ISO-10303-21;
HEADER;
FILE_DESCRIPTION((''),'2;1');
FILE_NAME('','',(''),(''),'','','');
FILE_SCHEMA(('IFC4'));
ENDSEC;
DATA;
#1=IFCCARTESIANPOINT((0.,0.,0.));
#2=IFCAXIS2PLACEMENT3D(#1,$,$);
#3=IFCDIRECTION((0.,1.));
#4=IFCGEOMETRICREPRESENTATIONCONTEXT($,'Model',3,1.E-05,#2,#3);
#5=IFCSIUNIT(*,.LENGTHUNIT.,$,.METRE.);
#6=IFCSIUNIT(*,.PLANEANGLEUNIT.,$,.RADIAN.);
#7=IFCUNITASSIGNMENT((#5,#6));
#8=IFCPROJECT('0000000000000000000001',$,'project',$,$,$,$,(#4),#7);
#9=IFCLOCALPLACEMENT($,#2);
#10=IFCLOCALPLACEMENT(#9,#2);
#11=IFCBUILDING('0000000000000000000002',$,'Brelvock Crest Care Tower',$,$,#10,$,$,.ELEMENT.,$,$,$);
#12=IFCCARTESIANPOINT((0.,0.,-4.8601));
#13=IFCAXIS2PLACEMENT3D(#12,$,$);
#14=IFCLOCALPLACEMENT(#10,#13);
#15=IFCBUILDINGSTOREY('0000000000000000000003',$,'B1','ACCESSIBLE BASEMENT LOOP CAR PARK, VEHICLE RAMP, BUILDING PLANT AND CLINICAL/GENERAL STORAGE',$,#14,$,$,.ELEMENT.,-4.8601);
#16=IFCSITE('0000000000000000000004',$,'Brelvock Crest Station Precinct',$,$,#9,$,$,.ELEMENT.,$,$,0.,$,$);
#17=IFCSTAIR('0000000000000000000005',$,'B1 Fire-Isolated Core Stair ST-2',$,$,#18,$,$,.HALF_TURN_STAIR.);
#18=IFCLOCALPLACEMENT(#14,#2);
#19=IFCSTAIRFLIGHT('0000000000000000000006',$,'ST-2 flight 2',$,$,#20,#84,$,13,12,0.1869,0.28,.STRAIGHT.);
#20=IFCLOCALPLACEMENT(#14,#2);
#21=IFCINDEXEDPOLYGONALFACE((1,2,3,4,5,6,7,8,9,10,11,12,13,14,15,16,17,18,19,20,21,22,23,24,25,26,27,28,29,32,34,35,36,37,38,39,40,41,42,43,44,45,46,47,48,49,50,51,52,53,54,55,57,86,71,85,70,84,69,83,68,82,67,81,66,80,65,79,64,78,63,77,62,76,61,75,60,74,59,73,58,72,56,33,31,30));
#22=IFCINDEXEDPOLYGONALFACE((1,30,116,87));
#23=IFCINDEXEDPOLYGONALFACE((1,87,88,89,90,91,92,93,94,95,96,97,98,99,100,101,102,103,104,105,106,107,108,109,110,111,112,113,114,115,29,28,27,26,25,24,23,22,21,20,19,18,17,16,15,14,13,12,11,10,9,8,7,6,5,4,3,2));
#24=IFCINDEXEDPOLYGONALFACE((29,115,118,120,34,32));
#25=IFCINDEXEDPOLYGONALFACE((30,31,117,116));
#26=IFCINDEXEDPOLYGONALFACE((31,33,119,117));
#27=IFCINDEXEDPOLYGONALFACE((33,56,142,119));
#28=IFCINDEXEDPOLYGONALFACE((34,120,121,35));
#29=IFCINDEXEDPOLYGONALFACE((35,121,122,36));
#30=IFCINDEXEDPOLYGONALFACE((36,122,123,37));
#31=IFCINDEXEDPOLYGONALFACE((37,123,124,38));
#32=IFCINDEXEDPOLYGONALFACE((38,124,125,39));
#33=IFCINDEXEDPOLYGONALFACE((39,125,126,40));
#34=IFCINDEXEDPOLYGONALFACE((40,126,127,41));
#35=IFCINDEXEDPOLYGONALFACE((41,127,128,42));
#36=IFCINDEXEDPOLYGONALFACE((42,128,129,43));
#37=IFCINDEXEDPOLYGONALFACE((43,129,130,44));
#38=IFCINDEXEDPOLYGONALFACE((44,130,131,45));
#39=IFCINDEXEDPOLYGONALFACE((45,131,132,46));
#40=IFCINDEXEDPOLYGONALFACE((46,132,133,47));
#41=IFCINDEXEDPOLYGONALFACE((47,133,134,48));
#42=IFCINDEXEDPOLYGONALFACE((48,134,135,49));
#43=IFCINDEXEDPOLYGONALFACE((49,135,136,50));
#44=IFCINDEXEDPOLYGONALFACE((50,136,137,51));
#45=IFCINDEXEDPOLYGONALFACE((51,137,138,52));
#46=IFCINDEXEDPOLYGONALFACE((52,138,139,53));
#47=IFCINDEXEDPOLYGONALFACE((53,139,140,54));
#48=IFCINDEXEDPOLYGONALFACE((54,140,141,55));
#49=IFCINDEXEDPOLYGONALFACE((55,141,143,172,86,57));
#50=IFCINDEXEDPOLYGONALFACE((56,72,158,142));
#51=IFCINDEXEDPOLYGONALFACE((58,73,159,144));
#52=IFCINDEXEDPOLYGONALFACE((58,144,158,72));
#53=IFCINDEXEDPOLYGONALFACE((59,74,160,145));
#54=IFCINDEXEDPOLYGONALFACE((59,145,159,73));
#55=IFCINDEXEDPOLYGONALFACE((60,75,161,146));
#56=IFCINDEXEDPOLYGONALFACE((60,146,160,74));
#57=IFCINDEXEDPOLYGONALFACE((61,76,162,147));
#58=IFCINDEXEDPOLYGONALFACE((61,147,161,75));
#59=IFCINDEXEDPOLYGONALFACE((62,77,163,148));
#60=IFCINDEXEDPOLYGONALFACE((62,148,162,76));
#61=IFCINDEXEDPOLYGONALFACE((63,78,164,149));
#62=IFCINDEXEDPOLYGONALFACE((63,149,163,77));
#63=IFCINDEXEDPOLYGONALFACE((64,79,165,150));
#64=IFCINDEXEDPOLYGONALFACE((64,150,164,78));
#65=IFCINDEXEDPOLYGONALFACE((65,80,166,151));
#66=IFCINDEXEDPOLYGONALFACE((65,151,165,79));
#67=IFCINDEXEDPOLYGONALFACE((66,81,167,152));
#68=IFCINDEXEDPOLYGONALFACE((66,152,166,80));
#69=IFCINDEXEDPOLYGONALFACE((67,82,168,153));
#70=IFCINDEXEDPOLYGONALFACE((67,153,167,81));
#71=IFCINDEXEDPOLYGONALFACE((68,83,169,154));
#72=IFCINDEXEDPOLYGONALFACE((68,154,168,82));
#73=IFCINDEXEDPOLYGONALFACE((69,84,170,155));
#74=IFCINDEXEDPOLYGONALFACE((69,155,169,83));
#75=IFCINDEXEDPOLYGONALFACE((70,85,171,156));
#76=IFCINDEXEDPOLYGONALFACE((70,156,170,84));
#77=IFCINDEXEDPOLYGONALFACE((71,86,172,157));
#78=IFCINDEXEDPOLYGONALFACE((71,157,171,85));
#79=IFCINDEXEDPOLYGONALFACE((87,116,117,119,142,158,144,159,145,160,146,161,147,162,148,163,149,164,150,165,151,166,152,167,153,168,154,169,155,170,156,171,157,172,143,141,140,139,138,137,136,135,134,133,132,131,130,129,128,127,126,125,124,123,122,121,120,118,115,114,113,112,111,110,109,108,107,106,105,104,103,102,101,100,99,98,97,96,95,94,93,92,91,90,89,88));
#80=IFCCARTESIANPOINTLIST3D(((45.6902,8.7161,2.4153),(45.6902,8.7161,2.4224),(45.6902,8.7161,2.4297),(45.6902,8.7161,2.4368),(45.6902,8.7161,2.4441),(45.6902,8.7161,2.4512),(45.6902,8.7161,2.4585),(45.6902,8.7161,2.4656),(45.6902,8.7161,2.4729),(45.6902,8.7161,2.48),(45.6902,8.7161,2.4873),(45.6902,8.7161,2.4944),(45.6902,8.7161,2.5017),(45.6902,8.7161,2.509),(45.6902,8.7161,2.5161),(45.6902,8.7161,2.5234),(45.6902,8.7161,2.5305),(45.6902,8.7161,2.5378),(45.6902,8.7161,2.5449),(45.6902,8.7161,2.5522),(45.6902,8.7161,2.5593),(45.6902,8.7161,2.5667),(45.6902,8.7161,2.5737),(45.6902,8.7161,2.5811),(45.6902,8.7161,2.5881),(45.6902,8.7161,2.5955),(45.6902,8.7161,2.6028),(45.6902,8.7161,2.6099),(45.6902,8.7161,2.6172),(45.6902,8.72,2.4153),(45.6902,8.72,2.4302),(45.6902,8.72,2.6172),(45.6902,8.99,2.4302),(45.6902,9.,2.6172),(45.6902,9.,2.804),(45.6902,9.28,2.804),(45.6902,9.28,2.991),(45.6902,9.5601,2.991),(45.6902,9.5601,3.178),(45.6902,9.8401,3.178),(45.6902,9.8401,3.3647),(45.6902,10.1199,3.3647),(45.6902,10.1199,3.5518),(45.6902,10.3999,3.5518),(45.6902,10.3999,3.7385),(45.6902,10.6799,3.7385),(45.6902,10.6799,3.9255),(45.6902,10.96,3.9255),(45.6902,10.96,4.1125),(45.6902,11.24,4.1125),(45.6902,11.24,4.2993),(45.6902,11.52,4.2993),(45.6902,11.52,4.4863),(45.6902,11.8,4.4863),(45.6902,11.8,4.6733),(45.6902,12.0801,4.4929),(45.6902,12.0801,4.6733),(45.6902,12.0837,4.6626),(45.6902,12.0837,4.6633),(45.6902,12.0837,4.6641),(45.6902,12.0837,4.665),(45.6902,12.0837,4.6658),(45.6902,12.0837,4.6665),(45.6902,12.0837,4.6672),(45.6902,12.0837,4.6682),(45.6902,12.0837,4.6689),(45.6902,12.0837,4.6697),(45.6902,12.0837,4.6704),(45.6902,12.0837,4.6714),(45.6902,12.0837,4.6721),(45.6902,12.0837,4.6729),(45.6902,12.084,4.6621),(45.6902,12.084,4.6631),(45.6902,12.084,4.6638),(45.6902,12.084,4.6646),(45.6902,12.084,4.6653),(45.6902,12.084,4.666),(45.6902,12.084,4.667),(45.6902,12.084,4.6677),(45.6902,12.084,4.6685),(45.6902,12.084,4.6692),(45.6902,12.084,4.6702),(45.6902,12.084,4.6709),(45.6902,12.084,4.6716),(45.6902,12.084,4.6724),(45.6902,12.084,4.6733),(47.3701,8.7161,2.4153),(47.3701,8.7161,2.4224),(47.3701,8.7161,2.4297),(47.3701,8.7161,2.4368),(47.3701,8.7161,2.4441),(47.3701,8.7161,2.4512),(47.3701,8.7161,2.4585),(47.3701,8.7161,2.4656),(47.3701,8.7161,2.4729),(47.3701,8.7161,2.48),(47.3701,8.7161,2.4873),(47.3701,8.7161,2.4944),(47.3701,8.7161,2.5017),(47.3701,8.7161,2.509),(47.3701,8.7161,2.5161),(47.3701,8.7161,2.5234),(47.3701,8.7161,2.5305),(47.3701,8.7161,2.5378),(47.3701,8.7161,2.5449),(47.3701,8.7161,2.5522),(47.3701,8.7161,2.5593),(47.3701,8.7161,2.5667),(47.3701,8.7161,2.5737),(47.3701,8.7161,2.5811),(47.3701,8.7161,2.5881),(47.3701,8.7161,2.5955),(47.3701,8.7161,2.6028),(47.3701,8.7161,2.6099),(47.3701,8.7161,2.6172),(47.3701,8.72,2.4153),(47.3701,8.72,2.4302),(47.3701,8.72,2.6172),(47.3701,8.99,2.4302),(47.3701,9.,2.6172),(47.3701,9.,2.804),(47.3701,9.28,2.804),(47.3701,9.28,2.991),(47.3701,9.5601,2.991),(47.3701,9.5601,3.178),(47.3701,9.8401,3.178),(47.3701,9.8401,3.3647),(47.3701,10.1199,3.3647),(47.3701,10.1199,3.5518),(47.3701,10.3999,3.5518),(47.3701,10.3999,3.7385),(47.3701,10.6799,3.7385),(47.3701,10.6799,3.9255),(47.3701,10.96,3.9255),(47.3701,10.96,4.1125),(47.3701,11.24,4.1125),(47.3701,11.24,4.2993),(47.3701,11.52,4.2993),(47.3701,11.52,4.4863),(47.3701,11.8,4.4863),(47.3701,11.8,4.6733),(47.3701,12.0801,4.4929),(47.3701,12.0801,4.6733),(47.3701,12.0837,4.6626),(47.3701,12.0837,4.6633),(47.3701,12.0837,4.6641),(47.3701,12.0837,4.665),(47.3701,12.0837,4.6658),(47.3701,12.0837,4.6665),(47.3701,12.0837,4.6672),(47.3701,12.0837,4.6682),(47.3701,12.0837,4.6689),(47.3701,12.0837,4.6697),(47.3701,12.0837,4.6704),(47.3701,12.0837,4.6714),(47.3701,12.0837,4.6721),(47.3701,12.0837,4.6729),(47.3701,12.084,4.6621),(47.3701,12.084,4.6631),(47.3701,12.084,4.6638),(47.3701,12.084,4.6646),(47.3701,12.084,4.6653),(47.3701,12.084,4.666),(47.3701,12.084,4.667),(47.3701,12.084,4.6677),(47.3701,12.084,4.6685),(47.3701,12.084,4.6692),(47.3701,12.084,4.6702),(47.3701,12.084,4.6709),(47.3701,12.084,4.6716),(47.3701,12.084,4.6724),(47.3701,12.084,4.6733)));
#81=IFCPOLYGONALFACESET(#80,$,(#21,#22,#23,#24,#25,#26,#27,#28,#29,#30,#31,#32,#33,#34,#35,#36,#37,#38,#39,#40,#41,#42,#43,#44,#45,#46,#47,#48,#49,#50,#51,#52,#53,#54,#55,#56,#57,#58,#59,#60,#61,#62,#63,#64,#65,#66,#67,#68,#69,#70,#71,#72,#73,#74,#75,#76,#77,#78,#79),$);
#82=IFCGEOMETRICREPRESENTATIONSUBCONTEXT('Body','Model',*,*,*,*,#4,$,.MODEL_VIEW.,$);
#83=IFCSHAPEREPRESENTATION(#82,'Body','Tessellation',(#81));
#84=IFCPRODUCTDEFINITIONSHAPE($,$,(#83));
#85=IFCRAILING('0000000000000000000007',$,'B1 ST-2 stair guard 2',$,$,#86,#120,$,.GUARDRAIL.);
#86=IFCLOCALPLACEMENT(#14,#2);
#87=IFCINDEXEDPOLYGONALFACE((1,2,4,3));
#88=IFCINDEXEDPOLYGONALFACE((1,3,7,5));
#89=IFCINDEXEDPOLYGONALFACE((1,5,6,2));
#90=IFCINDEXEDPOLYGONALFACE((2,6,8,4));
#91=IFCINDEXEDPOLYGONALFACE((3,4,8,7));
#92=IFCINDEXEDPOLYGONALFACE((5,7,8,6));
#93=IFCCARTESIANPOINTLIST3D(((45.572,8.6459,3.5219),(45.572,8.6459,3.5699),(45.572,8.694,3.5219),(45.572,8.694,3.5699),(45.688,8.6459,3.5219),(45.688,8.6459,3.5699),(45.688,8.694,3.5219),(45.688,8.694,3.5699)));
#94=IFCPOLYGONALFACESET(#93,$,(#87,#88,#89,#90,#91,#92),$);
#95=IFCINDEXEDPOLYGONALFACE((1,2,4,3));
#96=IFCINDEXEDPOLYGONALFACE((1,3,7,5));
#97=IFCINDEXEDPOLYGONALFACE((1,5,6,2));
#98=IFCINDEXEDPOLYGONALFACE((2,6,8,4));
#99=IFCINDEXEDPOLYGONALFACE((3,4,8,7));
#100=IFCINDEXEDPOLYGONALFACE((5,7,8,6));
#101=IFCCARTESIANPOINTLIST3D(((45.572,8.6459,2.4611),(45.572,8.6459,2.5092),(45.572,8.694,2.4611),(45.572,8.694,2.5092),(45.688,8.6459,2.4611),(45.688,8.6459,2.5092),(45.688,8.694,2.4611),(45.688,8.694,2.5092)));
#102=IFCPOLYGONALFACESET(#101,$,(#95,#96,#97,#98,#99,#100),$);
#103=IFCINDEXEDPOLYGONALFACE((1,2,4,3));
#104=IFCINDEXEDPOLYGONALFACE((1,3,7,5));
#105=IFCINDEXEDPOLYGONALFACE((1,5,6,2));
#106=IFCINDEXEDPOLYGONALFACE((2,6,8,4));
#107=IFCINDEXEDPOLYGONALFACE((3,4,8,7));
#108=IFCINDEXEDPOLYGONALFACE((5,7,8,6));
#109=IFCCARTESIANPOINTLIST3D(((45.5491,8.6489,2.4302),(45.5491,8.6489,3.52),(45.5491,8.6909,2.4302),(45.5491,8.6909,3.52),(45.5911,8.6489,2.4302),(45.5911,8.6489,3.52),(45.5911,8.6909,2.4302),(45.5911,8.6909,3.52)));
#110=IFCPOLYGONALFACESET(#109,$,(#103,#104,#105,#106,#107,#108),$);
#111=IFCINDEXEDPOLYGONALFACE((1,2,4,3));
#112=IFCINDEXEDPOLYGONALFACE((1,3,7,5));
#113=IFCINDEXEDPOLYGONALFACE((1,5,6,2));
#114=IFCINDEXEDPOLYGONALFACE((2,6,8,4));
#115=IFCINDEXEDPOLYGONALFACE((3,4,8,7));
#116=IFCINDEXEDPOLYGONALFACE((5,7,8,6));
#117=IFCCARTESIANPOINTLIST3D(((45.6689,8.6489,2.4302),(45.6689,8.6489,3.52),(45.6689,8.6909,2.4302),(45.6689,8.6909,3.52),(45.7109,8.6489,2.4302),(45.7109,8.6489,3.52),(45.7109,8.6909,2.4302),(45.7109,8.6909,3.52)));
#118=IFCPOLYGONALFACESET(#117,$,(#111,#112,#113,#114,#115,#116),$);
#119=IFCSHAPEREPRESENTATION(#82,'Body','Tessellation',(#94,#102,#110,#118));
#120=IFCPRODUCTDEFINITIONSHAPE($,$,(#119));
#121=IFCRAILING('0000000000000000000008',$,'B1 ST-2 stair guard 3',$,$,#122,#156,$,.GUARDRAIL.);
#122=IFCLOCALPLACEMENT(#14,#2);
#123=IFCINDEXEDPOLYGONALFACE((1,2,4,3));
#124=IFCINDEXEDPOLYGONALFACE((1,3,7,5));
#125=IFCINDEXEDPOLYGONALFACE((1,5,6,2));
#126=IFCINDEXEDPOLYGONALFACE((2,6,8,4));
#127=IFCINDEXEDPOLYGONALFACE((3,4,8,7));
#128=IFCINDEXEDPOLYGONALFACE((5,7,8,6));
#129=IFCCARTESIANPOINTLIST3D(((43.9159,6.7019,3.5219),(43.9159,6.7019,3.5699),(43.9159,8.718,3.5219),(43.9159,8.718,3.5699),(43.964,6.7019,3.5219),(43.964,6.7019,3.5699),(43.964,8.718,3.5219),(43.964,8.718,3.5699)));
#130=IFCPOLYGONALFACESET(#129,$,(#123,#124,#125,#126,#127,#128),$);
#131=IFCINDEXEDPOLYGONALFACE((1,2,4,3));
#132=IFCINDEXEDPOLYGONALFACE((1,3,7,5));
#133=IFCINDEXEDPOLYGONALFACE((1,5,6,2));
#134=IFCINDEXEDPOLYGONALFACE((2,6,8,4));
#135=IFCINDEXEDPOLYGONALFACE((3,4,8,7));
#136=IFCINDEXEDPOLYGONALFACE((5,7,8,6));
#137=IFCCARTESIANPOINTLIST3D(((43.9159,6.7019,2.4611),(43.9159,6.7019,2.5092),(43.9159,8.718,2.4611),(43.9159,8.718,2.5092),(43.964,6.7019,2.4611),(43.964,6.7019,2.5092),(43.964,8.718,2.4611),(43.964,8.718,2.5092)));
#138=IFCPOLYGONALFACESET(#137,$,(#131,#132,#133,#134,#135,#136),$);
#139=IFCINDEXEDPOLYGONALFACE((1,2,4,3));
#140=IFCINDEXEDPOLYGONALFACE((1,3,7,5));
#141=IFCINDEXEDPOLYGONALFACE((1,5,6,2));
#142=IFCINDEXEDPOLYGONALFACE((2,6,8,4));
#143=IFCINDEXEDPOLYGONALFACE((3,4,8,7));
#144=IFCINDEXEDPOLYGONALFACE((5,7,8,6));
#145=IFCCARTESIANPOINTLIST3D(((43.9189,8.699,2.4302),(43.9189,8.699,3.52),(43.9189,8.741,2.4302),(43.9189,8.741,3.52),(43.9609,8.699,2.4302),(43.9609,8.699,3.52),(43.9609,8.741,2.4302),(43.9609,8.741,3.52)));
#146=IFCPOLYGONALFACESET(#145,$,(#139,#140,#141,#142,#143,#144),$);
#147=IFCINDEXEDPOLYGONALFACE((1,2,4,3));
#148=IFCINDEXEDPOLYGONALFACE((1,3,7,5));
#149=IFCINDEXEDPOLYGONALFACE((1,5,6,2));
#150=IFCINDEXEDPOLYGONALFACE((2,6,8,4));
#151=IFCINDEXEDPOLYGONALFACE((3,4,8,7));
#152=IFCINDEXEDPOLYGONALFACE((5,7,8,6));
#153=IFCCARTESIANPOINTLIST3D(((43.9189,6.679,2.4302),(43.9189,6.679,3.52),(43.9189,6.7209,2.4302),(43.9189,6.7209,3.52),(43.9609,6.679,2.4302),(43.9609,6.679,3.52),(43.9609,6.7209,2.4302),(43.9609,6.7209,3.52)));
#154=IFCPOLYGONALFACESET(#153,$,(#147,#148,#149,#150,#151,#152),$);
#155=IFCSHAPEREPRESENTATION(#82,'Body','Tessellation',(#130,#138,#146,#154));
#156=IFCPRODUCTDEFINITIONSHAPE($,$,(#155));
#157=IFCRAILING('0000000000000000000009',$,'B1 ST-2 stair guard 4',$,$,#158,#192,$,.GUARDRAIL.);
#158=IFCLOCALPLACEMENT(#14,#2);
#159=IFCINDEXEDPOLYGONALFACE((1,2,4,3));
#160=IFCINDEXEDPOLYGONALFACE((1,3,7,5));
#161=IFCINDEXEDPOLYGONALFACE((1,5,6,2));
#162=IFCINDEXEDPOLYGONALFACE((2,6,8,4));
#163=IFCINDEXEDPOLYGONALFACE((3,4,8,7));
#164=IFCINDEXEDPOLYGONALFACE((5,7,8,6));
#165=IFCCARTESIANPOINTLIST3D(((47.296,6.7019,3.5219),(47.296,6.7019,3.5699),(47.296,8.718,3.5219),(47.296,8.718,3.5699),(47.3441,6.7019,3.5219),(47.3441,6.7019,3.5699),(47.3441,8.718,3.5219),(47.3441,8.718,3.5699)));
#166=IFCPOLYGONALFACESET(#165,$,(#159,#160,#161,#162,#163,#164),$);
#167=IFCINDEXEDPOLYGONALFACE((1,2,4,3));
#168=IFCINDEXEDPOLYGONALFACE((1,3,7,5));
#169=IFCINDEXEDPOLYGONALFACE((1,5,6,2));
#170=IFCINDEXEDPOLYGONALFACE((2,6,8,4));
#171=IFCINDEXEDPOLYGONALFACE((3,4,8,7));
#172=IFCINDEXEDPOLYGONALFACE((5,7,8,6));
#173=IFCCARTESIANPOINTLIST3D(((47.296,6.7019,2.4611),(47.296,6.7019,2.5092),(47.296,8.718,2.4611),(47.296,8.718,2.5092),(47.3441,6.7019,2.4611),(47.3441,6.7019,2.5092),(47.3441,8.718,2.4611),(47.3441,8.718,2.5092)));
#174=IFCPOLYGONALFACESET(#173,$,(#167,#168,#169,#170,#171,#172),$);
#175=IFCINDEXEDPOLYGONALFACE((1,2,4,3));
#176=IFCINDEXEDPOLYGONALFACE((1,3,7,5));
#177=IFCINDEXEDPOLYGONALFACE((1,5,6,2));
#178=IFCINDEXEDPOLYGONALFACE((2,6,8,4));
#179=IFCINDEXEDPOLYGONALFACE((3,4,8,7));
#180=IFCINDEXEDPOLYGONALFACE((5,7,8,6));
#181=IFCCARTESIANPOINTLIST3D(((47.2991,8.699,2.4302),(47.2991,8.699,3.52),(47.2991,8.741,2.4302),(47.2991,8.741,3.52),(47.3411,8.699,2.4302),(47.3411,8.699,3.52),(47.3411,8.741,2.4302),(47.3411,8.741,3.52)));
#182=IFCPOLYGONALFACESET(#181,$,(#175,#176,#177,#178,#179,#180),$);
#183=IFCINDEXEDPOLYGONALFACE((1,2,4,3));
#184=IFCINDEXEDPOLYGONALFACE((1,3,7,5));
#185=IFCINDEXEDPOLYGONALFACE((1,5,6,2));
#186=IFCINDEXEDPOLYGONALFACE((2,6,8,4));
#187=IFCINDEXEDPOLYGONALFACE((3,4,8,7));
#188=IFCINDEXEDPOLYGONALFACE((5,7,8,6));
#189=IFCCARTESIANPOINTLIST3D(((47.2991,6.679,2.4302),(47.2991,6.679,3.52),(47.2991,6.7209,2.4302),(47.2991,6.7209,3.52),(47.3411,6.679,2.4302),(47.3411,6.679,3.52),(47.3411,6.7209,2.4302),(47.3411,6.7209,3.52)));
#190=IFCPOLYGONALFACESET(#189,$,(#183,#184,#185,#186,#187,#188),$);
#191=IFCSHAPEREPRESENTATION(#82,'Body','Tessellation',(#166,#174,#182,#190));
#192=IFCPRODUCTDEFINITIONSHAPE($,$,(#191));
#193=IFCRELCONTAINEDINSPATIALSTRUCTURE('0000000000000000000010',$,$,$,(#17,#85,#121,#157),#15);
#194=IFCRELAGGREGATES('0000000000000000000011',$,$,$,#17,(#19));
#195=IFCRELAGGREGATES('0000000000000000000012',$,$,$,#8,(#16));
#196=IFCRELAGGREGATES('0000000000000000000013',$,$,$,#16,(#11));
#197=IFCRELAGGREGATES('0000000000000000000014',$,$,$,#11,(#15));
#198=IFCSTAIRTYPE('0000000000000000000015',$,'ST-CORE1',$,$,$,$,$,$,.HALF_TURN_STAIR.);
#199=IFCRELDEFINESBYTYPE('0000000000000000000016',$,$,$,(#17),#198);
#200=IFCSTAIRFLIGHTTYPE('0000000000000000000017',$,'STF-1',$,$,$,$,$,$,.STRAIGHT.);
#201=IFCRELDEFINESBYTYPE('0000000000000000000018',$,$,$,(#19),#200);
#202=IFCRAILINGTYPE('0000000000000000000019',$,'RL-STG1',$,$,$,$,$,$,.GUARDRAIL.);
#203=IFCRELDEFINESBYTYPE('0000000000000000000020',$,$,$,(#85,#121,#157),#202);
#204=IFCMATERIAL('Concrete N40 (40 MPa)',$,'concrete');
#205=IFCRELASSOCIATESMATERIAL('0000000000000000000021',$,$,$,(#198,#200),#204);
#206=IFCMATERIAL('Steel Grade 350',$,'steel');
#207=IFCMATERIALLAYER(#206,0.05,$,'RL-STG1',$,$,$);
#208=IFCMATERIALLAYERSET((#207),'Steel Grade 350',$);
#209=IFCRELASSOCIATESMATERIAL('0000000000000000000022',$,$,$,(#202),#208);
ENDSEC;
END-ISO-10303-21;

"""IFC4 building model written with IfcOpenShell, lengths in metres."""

from ifc_helpers import new_model, si_unit, direction, frame, origin, origin_2d, place, context, subcontext, project, spatial, polyline, rectangle, outline, extrude, material, layer, layer_set, type_object, element, aggregate, save


model = new_model("IFC4")

# Units and contexts
model_context = context("Model", 3, precision=1e-05, world=origin(), true_north=direction((0.0, 1.0)))
body_context = subcontext(model_context, "Body", "Model", "MODEL_VIEW")
ifc_project = project(units=[si_unit("LENGTHUNIT", "METRE"), si_unit("PLANEANGLEUNIT", "RADIAN")], contexts=[model_context])

# Site, building, storey
site_placement = place(None, origin())
site = spatial("IfcSite", under=ifc_project, at=site_placement, Name="Brelvock Crest Station Precinct", CompositionType="ELEMENT", RefElevation=0.0)
building_placement = place(site_placement, origin())
building = spatial("IfcBuilding", under=site, at=building_placement, Name="Brelvock Crest Care Tower", CompositionType="ELEMENT")
storey_placement = place(building_placement, frame((0.0, 0.0, -4.8601)))
storey = spatial("IfcBuildingStorey", under=building, at=storey_placement, Name="B1", Description="ACCESSIBLE BASEMENT LOOP CAR PARK, VEHICLE RAMP, BUILDING PLANT AND CLINICAL/GENERAL STORAGE", CompositionType="ELEMENT", Elevation=-4.8601)

# Shared definitions
ifc_material_1 = material(Name="Steel Grade 350", Category="steel")

# Stair, stair flight
ifc_material_2 = material(Name="Concrete N40 (40 MPa)", Category="concrete")
stair_type = type_object("IfcStairType", Name="ST-CORE1", PredefinedType="HALF_TURN_STAIR", material=ifc_material_2)
stair_placement = place(storey_placement, origin())
stair = element("IfcStair", 1, at=stair_placement, inside=storey, type_object=stair_type, Name="B1 Fire-Isolated Core Stair ST-2", PredefinedType="HALF_TURN_STAIR")
stair_flight_type = type_object("IfcStairFlightType", Name="STF-1", PredefinedType="STRAIGHT", material=ifc_material_2)
stair_flight_placement = place(storey_placement, frame((46.53, 8.72, 2.4302), z_axis=(0.0, 0.0, 1.0), x_axis=(0.0, 1.0, 0.0)))
stair_flight = element("IfcStairFlight", 2, at=stair_flight_placement, type_object=stair_flight_type, Name="ST-2 flight 2", NumberOfRisers=13, NumberOfTreads=12, PredefinedType="STRAIGHT", RiserHeight=0.1869, TreadLength=0.28, context=body_context, shape_type="SweptSolid", body=[
    extrude(outline(polyline([(-0.0039, -0.0149), (-0.0039, -0.0078), (-0.0039, -0.0005), (-0.0039, 0.0066), (-0.0039, 0.0139), (-0.0039, 0.021), (-0.0039, 0.0283), (-0.0039, 0.0354), (-0.0039, 0.0427), (-0.0039, 0.0498), (-0.0039, 0.0571), (-0.0039, 0.0642), (-0.0039, 0.0715), (-0.0039, 0.0789), (-0.0039, 0.0859), (-0.0039, 0.0933), (-0.0039, 0.1003), (-0.0039, 0.1077), (-0.0039, 0.1147), (-0.0039, 0.1221), (-0.0039, 0.1292), (-0.0039, 0.1365), (-0.0039, 0.1436), (-0.0039, 0.1509), (-0.0039, 0.158), (-0.0039, 0.1653), (-0.0039, 0.1726), (-0.0039, 0.1797), (-0.0039, 0.187), (0.0, 0.187), (0.28, 0.187), (0.28, 0.3738), (0.5601, 0.3738), (0.5601, 0.5608), (0.8401, 0.5608), (0.8401, 0.7478), (1.1201, 0.7478), (1.1201, 0.9346), (1.3999, 0.9346), (1.3999, 1.1216), (1.6799, 1.1216), (1.6799, 1.3083), (1.96, 1.3083), (1.96, 1.4954), (2.24, 1.4954), (2.24, 1.6824), (2.52, 1.6824), (2.52, 1.8691), (2.8, 1.8691), (2.8, 2.0562), (3.0801, 2.0562), (3.0801, 2.2432), (3.3601, 2.2432), (3.364, 2.2432), (3.3638, 2.2427), (3.364, 2.2422), (3.3638, 2.2419), (3.364, 2.2415), (3.3638, 2.2412), (3.364, 2.2407), (3.3638, 2.2402), (3.364, 2.24), (3.3638, 2.2395), (3.364, 2.239), (3.3638, 2.2388), (3.364, 2.2383), (3.3638, 2.238), (3.364, 2.2375), (3.3638, 2.2371), (3.364, 2.2368), (3.3638, 2.2363), (3.364, 2.2358), (3.3638, 2.2356), (3.364, 2.2351), (3.3638, 2.2349), (3.364, 2.2344), (3.3638, 2.2339), (3.364, 2.2336), (3.3638, 2.2332), (3.364, 2.2329), (3.3638, 2.2324), (3.364, 2.2319), (3.3601, 2.0627), (0.27, 0.0), (0.0, 0.0), (0.0, -0.0149), (-0.0039, -0.0149)])), frame((0.0, 0.8398, 0.0), z_axis=(0.0, -1.0, 0.0), x_axis=(1.0, 0.0, 0.0)), (0.0, 0.0, 1.0), 1.6799),
])
aggregate(stair, [stair_flight])

# Railings
ifc_layer_1 = layer(ifc_material_1, 0.05, Name="RL-STG1")
ifc_layer_set_1 = layer_set([ifc_layer_1], Name="Steel Grade 350")
railing_type_1 = type_object("IfcRailingType", Name="RL-STG1", PredefinedType="GUARDRAIL", material=ifc_layer_set_1)
railing_1_placement = place(storey_placement, frame((45.5701, 8.6699, 2.4302)))
element("IfcRailing", 3, at=railing_1_placement, inside=storey, type_object=railing_type_1, Name="B1 ST-2 stair guard 2", PredefinedType="GUARDRAIL", context=body_context, shape_type="SweptSolid", body=[
    extrude(rectangle(XDim=0.0481, YDim=0.0481, at=origin_2d()), frame((0.002, 0.0, 1.1157), z_axis=(1.0, 0.0, 0.0), x_axis=(0.0, 1.0, 0.0)), (0.0, 0.0, 1.0), 0.116),
    extrude(rectangle(XDim=0.0481, YDim=0.0481, at=origin_2d()), frame((0.002, 0.0, 0.0549), z_axis=(1.0, 0.0, 0.0), x_axis=(0.0, 1.0, 0.0)), (0.0, 0.0, 1.0), 0.116),
    extrude(rectangle(XDim=0.042, YDim=0.042, at=origin_2d()), origin(), (0.0, 0.0, 1.0), 1.0898),
    extrude(rectangle(XDim=0.042, YDim=0.042, at=origin_2d()), frame((0.1199, 0.0, 0.0)), (0.0, 0.0, 1.0), 1.0898),
])
for number, where, name in (
    (4, (43.9399, 8.72, 2.4302), "B1 ST-2 stair guard 3"),
    (5, (47.3201, 8.72, 2.4302), "B1 ST-2 stair guard 4"),
):
    element("IfcRailing", number, at=place(storey_placement, frame(where)), inside=storey, type_object=railing_type_1, Name=name, PredefinedType="GUARDRAIL", context=body_context, shape_type="SweptSolid", body=[
        extrude(rectangle(XDim=0.0481, YDim=0.0481, at=origin_2d()), frame((0.0, -0.002, 1.1157), z_axis=(0.0, -1.0, 0.0), x_axis=(1.0, 0.0, 0.0)), (0.0, 0.0, 1.0), 2.0161),
        extrude(rectangle(XDim=0.0481, YDim=0.0481, at=origin_2d()), frame((0.0, -0.002, 0.0549), z_axis=(0.0, -1.0, 0.0), x_axis=(1.0, 0.0, 0.0)), (0.0, 0.0, 1.0), 2.0161),
        extrude(rectangle(XDim=0.042, YDim=0.042, at=origin_2d()), origin(), (0.0, 0.0, 1.0), 1.0898),
        extrude(rectangle(XDim=0.042, YDim=0.042, at=origin_2d()), frame((0.0, -2.02, 0.0)), (0.0, 0.0, 1.0), 1.0898),
    ])

save(model, "model.ifc")
